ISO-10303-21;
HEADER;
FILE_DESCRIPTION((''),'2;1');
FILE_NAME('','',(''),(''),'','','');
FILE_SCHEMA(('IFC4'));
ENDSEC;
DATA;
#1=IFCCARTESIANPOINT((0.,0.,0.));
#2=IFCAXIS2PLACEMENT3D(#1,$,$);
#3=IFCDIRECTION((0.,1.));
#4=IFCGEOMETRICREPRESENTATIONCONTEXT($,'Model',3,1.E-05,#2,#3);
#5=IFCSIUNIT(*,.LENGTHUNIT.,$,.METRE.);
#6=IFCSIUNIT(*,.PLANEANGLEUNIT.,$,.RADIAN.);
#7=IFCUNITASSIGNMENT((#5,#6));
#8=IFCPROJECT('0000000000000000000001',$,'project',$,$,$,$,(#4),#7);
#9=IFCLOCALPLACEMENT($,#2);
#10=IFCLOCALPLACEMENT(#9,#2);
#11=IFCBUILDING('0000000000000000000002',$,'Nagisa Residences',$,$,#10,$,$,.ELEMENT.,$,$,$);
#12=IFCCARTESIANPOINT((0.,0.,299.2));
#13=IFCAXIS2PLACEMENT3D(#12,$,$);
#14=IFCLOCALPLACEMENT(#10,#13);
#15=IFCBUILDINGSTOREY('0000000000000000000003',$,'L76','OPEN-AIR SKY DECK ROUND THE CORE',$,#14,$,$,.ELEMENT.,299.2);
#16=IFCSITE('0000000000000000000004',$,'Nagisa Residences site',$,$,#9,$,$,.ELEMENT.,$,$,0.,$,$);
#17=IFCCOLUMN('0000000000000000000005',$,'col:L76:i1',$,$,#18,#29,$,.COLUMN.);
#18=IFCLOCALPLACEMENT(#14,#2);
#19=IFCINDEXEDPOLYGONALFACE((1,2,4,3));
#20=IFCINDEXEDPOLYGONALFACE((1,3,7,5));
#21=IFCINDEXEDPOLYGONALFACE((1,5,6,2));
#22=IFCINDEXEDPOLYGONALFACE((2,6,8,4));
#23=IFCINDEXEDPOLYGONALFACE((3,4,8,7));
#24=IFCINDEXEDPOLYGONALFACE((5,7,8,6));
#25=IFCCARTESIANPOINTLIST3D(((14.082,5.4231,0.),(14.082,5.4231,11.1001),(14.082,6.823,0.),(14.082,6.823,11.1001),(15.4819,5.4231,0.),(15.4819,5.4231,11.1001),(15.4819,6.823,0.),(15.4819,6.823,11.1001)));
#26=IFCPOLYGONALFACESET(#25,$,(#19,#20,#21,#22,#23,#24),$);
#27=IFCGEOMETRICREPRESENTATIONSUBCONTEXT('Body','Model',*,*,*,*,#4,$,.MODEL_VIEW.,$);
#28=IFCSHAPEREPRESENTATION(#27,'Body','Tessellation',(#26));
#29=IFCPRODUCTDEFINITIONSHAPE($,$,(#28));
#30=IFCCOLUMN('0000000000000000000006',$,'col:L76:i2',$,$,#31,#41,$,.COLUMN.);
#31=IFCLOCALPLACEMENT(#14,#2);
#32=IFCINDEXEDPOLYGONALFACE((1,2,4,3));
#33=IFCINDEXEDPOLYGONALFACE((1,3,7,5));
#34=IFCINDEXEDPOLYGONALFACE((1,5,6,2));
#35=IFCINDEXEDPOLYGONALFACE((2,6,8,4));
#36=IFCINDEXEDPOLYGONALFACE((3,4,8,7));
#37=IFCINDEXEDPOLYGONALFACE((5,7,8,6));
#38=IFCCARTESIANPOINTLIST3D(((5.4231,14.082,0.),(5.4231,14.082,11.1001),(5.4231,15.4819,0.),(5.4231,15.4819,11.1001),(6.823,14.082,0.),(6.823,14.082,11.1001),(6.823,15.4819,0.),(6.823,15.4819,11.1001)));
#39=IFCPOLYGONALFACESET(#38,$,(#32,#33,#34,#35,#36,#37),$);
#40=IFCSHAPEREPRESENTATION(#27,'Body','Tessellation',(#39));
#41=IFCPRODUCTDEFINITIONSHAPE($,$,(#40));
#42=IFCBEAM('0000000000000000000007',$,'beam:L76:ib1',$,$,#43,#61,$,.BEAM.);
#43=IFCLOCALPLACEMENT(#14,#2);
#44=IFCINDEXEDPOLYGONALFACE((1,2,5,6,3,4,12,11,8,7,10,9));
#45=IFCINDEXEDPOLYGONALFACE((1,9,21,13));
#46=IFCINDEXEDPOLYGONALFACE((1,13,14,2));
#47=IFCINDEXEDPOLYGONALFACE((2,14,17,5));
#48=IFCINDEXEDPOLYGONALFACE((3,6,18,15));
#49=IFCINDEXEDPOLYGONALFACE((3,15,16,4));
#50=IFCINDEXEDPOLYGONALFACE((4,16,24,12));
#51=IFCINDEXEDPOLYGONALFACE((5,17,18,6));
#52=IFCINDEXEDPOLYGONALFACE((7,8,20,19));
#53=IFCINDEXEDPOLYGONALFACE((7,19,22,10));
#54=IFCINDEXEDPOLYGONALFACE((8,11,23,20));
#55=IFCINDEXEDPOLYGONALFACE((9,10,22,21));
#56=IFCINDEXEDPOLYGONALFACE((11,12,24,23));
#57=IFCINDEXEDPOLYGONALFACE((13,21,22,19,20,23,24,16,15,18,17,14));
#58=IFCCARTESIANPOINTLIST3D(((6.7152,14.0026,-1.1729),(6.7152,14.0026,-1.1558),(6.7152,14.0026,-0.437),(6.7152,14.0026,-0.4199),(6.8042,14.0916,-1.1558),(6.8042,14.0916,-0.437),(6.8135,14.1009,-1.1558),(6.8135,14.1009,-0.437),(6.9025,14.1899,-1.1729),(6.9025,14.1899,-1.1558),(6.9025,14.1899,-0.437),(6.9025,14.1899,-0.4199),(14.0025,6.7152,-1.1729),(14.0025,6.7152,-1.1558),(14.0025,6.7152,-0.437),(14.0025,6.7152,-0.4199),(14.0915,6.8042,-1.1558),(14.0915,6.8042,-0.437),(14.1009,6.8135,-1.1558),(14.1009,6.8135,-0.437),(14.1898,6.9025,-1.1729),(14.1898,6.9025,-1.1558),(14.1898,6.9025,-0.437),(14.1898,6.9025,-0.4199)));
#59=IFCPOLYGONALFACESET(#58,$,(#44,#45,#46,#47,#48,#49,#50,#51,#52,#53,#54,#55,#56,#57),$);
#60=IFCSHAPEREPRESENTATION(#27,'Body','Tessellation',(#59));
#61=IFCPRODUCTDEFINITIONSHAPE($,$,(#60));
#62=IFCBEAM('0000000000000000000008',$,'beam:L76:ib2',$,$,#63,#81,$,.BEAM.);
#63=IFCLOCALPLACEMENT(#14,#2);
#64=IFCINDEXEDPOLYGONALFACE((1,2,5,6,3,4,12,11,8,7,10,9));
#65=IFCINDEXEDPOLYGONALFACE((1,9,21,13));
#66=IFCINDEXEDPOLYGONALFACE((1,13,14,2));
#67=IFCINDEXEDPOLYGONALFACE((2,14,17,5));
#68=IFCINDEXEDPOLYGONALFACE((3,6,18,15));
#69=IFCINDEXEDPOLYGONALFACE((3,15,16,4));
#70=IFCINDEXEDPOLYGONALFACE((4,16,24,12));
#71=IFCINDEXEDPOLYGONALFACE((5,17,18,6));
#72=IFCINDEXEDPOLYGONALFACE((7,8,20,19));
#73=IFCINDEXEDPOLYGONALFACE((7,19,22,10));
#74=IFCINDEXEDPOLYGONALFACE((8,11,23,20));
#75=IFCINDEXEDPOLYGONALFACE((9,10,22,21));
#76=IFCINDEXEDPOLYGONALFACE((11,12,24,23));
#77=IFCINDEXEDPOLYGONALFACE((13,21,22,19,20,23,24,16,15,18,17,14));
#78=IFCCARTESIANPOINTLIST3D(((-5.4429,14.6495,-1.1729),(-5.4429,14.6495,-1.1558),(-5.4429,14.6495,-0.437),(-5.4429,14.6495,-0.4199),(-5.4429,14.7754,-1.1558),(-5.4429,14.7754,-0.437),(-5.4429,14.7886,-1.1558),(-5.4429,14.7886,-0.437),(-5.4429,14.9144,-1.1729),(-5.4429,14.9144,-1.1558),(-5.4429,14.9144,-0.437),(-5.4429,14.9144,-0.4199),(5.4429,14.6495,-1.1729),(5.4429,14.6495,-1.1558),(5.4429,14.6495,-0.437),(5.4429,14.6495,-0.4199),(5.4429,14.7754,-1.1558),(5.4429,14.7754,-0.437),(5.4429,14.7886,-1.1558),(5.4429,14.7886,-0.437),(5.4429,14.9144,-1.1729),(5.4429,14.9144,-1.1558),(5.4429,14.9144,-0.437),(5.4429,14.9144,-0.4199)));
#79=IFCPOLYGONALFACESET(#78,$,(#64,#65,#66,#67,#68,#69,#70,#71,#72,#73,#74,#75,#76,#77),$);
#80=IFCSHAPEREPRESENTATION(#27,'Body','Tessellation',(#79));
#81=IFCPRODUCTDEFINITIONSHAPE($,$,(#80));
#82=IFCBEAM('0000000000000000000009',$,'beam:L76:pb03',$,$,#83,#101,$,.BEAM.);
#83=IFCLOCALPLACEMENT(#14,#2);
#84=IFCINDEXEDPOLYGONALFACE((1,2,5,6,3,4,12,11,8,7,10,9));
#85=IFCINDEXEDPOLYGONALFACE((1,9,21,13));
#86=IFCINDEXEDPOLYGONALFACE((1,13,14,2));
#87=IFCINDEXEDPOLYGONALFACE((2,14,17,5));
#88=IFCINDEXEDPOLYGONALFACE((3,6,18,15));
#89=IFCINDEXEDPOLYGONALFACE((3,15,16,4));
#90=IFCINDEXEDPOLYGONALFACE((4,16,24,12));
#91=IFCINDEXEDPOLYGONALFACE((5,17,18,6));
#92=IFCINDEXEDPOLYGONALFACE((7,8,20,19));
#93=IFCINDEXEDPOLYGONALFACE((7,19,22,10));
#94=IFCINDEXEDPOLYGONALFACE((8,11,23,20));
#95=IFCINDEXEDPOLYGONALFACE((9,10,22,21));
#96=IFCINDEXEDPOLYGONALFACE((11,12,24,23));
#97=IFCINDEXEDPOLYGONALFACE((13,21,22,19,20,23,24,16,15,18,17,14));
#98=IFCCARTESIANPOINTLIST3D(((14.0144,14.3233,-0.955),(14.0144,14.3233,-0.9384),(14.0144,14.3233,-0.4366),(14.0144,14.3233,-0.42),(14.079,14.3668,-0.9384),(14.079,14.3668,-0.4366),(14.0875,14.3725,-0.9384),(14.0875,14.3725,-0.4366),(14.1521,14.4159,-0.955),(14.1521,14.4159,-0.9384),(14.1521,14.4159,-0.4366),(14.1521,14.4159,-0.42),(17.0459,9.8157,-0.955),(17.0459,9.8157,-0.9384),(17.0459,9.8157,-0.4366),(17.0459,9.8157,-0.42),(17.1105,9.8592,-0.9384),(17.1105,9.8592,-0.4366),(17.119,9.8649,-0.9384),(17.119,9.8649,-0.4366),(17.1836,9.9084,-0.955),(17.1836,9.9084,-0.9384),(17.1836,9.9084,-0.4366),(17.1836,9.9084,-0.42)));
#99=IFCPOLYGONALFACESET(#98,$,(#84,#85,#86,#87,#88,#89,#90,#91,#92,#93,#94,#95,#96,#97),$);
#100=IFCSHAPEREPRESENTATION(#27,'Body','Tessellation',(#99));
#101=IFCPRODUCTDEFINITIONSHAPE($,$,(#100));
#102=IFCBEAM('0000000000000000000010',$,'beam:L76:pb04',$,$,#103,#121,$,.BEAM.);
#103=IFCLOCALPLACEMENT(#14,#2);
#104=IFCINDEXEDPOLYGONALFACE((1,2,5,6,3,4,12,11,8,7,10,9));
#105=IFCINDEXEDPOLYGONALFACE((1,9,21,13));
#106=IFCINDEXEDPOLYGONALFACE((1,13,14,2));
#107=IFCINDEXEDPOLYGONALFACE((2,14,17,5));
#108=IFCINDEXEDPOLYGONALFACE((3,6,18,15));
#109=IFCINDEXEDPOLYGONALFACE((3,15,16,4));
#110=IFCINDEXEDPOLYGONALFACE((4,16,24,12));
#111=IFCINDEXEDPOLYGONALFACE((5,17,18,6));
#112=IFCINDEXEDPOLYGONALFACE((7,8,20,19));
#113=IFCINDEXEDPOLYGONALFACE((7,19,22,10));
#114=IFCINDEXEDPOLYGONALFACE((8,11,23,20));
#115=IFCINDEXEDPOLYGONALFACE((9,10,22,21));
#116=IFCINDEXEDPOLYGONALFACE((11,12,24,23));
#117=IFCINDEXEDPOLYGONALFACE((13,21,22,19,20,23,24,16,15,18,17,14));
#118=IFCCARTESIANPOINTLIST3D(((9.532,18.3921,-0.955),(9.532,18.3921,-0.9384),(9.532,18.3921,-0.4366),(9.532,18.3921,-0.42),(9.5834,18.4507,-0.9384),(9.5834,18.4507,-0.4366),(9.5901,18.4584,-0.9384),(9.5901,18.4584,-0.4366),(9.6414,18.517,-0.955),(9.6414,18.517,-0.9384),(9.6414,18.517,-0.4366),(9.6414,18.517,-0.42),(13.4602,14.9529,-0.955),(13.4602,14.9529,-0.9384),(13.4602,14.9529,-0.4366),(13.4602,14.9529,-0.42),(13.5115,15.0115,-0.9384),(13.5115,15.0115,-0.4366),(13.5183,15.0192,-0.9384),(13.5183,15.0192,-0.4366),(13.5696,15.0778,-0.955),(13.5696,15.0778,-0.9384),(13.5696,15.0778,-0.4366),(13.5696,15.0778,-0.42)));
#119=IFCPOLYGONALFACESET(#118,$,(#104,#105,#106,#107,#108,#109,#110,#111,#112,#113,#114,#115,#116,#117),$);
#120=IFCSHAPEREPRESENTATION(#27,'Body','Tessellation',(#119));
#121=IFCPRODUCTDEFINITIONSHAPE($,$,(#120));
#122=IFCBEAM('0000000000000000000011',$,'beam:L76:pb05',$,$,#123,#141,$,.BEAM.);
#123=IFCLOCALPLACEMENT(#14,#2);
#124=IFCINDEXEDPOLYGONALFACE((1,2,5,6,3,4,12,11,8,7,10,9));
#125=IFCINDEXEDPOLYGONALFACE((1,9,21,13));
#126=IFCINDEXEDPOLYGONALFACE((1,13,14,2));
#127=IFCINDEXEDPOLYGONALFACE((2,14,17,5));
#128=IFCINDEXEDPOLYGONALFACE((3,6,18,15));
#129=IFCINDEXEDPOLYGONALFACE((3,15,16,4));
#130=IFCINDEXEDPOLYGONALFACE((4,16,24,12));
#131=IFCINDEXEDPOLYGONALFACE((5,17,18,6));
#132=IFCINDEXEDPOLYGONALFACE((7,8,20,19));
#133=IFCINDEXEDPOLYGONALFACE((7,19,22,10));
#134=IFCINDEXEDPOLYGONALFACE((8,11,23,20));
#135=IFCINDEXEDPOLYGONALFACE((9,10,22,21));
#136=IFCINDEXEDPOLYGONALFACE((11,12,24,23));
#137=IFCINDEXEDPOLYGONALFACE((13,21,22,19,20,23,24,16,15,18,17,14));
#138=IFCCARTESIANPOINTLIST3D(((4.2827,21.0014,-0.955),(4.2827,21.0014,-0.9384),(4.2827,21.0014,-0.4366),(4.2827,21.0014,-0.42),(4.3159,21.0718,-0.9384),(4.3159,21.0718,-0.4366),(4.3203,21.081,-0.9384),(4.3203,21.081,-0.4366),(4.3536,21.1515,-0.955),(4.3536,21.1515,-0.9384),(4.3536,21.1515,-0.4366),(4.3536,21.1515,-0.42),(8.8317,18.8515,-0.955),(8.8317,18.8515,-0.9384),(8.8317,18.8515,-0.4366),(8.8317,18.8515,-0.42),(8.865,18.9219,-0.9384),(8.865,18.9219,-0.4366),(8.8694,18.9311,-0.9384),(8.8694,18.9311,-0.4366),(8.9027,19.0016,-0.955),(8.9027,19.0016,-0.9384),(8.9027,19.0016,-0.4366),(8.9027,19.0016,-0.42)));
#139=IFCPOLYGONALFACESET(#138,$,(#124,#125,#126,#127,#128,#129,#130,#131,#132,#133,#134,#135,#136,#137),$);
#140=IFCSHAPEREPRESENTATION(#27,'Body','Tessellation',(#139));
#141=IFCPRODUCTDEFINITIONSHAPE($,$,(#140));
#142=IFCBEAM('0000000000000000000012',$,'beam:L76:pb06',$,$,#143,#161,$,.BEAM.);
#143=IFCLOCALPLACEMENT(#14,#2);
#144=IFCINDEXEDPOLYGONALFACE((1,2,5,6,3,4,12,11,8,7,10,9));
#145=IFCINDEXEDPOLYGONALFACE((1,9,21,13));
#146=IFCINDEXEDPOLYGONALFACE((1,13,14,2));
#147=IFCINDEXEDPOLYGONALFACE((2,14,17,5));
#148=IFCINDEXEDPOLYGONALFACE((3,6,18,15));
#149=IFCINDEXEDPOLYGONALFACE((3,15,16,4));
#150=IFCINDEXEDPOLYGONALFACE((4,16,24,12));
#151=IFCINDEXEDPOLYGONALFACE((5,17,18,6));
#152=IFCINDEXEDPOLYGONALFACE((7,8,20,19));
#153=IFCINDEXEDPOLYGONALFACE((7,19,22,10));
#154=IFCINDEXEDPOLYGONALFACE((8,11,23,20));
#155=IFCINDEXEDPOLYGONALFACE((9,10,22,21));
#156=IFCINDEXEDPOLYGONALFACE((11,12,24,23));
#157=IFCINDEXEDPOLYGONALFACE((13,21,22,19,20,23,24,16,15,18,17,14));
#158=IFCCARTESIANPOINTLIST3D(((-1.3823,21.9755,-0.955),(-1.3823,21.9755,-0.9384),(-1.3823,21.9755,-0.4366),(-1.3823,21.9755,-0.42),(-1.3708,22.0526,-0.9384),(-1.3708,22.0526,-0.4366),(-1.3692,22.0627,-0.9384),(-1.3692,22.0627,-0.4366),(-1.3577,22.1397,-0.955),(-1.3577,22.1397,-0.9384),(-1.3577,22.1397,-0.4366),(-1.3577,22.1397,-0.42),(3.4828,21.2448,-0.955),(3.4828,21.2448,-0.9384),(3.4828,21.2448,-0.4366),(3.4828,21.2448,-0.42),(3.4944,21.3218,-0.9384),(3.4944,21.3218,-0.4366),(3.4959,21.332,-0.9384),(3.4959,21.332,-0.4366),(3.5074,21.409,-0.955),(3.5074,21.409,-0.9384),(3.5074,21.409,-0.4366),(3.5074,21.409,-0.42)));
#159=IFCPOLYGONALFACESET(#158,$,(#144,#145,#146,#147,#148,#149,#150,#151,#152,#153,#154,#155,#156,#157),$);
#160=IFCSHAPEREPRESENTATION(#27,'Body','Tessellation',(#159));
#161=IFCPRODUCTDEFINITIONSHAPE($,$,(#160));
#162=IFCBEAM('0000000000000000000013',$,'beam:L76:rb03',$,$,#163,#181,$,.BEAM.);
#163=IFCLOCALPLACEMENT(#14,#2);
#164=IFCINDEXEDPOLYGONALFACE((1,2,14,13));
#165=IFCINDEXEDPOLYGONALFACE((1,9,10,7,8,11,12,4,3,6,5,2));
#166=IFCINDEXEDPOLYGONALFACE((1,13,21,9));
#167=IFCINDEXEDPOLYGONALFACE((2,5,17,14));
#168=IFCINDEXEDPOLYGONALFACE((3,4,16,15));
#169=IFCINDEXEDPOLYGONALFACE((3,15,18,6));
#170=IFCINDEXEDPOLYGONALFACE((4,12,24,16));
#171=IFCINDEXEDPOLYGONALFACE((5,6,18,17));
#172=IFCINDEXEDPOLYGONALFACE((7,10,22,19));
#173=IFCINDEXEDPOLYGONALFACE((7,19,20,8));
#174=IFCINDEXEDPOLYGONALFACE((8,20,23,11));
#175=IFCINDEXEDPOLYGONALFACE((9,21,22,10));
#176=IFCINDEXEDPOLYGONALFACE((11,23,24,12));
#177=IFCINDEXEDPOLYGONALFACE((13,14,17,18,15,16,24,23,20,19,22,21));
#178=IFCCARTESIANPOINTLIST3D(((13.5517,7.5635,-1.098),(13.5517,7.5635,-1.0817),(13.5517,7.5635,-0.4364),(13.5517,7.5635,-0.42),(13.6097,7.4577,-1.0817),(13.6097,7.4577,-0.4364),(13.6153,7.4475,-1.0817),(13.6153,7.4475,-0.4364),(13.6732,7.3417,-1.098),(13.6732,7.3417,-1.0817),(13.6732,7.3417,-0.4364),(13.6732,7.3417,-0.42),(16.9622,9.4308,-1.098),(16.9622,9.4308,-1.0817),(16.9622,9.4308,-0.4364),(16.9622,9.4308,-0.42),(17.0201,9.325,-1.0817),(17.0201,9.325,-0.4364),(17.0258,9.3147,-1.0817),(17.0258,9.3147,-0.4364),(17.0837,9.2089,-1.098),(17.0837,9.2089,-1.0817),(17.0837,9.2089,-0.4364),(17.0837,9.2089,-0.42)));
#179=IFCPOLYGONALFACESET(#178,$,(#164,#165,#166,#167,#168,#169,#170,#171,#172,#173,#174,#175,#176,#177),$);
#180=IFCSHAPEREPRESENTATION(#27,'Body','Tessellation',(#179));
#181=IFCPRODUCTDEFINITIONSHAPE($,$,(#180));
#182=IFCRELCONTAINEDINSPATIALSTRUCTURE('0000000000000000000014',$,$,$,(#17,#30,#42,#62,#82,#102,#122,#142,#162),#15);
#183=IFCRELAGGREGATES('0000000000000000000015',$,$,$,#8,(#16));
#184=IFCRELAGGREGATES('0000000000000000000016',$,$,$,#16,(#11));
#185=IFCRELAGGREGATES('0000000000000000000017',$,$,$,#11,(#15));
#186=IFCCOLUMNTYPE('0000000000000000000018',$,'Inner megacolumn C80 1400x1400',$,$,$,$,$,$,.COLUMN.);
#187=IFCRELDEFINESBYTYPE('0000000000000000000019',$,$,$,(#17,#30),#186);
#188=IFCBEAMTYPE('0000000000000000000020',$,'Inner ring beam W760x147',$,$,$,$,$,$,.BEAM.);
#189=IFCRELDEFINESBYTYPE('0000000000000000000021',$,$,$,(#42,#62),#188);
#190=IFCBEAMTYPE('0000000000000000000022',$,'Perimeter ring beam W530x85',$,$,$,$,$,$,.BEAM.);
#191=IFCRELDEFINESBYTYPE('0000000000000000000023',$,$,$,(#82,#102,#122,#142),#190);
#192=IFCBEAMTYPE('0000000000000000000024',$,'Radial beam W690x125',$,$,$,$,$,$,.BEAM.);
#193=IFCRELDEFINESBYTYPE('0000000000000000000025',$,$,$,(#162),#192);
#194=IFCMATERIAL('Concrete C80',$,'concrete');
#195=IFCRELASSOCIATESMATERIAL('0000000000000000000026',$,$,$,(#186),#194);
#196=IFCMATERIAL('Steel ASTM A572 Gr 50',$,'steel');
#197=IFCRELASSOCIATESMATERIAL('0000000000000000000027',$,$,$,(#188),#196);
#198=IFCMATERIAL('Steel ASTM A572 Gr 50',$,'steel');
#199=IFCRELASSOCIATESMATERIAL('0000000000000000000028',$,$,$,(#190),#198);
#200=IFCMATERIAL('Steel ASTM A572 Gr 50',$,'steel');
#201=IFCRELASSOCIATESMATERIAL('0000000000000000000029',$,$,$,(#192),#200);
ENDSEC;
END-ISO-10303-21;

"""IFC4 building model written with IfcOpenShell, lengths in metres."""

from ifc_helpers import new_model, si_unit, direction, frame, origin, origin_2d, place, context, subcontext, project, spatial, rectangle, i_section, extrude, material, material_profile, profile_set, type_object, element, save


model = new_model("IFC4")

# Units and contexts
model_context = context("Model", 3, precision=1e-05, world=origin(), true_north=direction((0.0, 1.0)))
body_context = subcontext(model_context, "Body", "Model", "MODEL_VIEW")
ifc_project = project(units=[si_unit("LENGTHUNIT", "METRE"), si_unit("PLANEANGLEUNIT", "RADIAN")], contexts=[model_context])

# Site, building, storey
site_placement = place(None, origin())
site = spatial("IfcSite", under=ifc_project, at=site_placement, Name="Nagisa Residences site", CompositionType="ELEMENT", RefElevation=0.0)
building_placement = place(site_placement, origin())
building = spatial("IfcBuilding", under=site, at=building_placement, Name="Nagisa Residences", CompositionType="ELEMENT")
storey_placement = place(building_placement, frame((0.0, 0.0, 299.2)))
storey = spatial("IfcBuildingStorey", under=building, at=storey_placement, Name="L76", Description="OPEN-AIR SKY DECK ROUND THE CORE", CompositionType="ELEMENT", Elevation=299.2)

# Columns
ifc_material_1 = material(Name="Concrete C80", Category="concrete")
ifc_material_profile_1 = material_profile(ifc_material_1, rectangle(XDim=1.3999, YDim=1.3999, at=origin_2d()), Name="C80 1400x1400")
ifc_profile_set_1 = profile_set([ifc_material_profile_1], Name="Concrete C80")
column_type = type_object("IfcColumnType", Name="Inner megacolumn C80 1400x1400", PredefinedType="COLUMN", material=ifc_profile_set_1)
for number, where, z_axis, x_axis, name in (
    (1, (14.782, 6.123, 0.0), (0.0, 0.0, 1.0), (1.0, 0.0, 0.0), "col:L76:i1"),
    (2, (6.123, 14.782, 0.0), (0.0, 0.0, 1.0), (1.0, 0.0, 0.0), "col:L76:i2"),
):
    element("IfcColumn", number, at=place(storey_placement, frame(where, z_axis=z_axis, x_axis=x_axis)), inside=storey, type_object=column_type, Name=name, PredefinedType="COLUMN", context=body_context, shape_type="SweptSolid", body=[
        extrude(rectangle(XDim=1.3999, YDim=1.3999, at=origin_2d()), origin(), (0.0, 0.0, 1.0), 11.1001),
    ])

# Beams
ifc_material_2 = material(Name="Steel ASTM A572 Gr 50", Category="steel")
ifc_material_profile_2 = material_profile(ifc_material_2, i_section(OverallWidth=0.2649, OverallDepth=0.7529, WebThickness=0.0132, FlangeThickness=0.0171, at=origin_2d()), Name="W760x147")
ifc_profile_set_2 = profile_set([ifc_material_profile_2], Name="Steel ASTM A572 Gr 50")
beam_type_1 = type_object("IfcBeamType", Name="Inner ring beam W760x147", PredefinedType="BEAM", material=ifc_profile_set_2)
beam_1_placement = place(storey_placement, frame((14.0962, 6.8088, -0.7964), z_axis=(-0.707107, 0.707107, 0.0), x_axis=(-0.707107, -0.707107, 0.0)))
element("IfcBeam", 3, at=beam_1_placement, inside=storey, type_object=beam_type_1, Name="beam:L76:ib1", PredefinedType="BEAM", context=body_context, shape_type="SweptSolid", body=[
    extrude(i_section(OverallWidth=0.2649, OverallDepth=0.7529, WebThickness=0.0132, FlangeThickness=0.0171, at=origin_2d()), origin(), (0.0, 0.0, 1.0), 10.3059),
])
beam_2_placement = place(storey_placement, frame((5.4429, 14.782, -0.7964), z_axis=(-1.0, 0.0, 0.0), x_axis=(0.0, -1.0, 0.0)))
element("IfcBeam", 4, at=beam_2_placement, inside=storey, type_object=beam_type_1, Name="beam:L76:ib2", PredefinedType="BEAM", context=body_context, shape_type="SweptSolid", body=[
    extrude(i_section(OverallWidth=0.2649, OverallDepth=0.7529, WebThickness=0.0132, FlangeThickness=0.0171, at=origin_2d()), origin(), (0.0, 0.0, 1.0), 10.8857),
])
ifc_material_3 = material(Name="Steel ASTM A572 Gr 50", Category="steel")
ifc_material_profile_3 = material_profile(ifc_material_3, i_section(OverallWidth=0.166, OverallDepth=0.5349, WebThickness=0.0103, FlangeThickness=0.0166, at=origin_2d()), Name="W530x85")
ifc_profile_set_3 = profile_set([ifc_material_profile_3], Name="Steel ASTM A572 Gr 50")
beam_type_2 = type_object("IfcBeamType", Name="Perimeter ring beam W530x85", PredefinedType="BEAM", material=ifc_profile_set_3)
beam_3_placement = place(storey_placement, frame((17.1147, 9.8621, -0.6875), z_axis=(-0.558066, 0.829796, 0.0), x_axis=(-0.829796, -0.558066, 0.0)))
element("IfcBeam", 5, at=beam_3_placement, inside=storey, type_object=beam_type_2, Name="beam:L76:pb03", PredefinedType="BEAM", context=body_context, shape_type="SweptSolid", body=[
    extrude(i_section(OverallWidth=0.166, OverallDepth=0.5349, WebThickness=0.0103, FlangeThickness=0.0166, at=origin_2d()), origin(), (0.0, 0.0, 1.0), 5.4321),
])
beam_4_placement = place(storey_placement, frame((13.5149, 15.0154, -0.6875), z_axis=(-0.752385, 0.658723, 0.0), x_axis=(-0.658723, -0.752385, 0.0)))
element("IfcBeam", 6, at=beam_4_placement, inside=storey, type_object=beam_type_2, Name="beam:L76:pb04", PredefinedType="BEAM", context=body_context, shape_type="SweptSolid", body=[
    extrude(i_section(OverallWidth=0.166, OverallDepth=0.5349, WebThickness=0.0103, FlangeThickness=0.0166, at=origin_2d()), origin(), (0.0, 0.0, 1.0), 5.2209),
])
beam_5_placement = place(storey_placement, frame((8.8672, 18.9265, -0.6875), z_axis=(-0.904116, 0.427287, 0.0), x_axis=(-0.427287, -0.904116, 0.0)))
element("IfcBeam", 7, at=beam_5_placement, inside=storey, type_object=beam_type_2, Name="beam:L76:pb05", PredefinedType="BEAM", context=body_context, shape_type="SweptSolid", body=[
    extrude(i_section(OverallWidth=0.166, OverallDepth=0.5349, WebThickness=0.0103, FlangeThickness=0.0166, at=origin_2d()), origin(), (0.0, 0.0, 1.0), 5.0315),
])
beam_6_placement = place(storey_placement, frame((3.4951, 21.3269, -0.6875), z_axis=(-0.988908, 0.148532, 0.0), x_axis=(-0.148532, -0.988908, 0.0)))
element("IfcBeam", 8, at=beam_6_placement, inside=storey, type_object=beam_type_2, Name="beam:L76:pb06", PredefinedType="BEAM", context=body_context, shape_type="SweptSolid", body=[
    extrude(i_section(OverallWidth=0.166, OverallDepth=0.5349, WebThickness=0.0103, FlangeThickness=0.0166, at=origin_2d()), origin(), (0.0, 0.0, 1.0), 4.9197),
])
ifc_material_4 = material(Name="Steel ASTM A572 Gr 50", Category="steel")
ifc_material_profile_4 = material_profile(ifc_material_4, i_section(OverallWidth=0.2529, OverallDepth=0.678, WebThickness=0.0117, FlangeThickness=0.0164, at=origin_2d()), Name="W690x125")
ifc_profile_set_4 = profile_set([ifc_material_profile_4], Name="Steel ASTM A572 Gr 50")
beam_type_3 = type_object("IfcBeamType", Name="Radial beam W690x125", PredefinedType="BEAM", material=ifc_profile_set_4)
beam_7_placement = place(storey_placement, frame((17.0229, 9.3198, -0.759), z_axis=(-0.877141, -0.480233, 0.0), x_axis=(0.480233, -0.877141, 0.0)))
element("IfcBeam", 9, at=beam_7_placement, inside=storey, type_object=beam_type_3, Name="beam:L76:rb03", PredefinedType="BEAM", context=body_context, shape_type="SweptSolid", body=[
    extrude(i_section(OverallWidth=0.2529, OverallDepth=0.678, WebThickness=0.0117, FlangeThickness=0.0164, at=origin_2d()), origin(), (0.0, 0.0, 1.0), 3.8882),
])

save(model, "model.ifc")
